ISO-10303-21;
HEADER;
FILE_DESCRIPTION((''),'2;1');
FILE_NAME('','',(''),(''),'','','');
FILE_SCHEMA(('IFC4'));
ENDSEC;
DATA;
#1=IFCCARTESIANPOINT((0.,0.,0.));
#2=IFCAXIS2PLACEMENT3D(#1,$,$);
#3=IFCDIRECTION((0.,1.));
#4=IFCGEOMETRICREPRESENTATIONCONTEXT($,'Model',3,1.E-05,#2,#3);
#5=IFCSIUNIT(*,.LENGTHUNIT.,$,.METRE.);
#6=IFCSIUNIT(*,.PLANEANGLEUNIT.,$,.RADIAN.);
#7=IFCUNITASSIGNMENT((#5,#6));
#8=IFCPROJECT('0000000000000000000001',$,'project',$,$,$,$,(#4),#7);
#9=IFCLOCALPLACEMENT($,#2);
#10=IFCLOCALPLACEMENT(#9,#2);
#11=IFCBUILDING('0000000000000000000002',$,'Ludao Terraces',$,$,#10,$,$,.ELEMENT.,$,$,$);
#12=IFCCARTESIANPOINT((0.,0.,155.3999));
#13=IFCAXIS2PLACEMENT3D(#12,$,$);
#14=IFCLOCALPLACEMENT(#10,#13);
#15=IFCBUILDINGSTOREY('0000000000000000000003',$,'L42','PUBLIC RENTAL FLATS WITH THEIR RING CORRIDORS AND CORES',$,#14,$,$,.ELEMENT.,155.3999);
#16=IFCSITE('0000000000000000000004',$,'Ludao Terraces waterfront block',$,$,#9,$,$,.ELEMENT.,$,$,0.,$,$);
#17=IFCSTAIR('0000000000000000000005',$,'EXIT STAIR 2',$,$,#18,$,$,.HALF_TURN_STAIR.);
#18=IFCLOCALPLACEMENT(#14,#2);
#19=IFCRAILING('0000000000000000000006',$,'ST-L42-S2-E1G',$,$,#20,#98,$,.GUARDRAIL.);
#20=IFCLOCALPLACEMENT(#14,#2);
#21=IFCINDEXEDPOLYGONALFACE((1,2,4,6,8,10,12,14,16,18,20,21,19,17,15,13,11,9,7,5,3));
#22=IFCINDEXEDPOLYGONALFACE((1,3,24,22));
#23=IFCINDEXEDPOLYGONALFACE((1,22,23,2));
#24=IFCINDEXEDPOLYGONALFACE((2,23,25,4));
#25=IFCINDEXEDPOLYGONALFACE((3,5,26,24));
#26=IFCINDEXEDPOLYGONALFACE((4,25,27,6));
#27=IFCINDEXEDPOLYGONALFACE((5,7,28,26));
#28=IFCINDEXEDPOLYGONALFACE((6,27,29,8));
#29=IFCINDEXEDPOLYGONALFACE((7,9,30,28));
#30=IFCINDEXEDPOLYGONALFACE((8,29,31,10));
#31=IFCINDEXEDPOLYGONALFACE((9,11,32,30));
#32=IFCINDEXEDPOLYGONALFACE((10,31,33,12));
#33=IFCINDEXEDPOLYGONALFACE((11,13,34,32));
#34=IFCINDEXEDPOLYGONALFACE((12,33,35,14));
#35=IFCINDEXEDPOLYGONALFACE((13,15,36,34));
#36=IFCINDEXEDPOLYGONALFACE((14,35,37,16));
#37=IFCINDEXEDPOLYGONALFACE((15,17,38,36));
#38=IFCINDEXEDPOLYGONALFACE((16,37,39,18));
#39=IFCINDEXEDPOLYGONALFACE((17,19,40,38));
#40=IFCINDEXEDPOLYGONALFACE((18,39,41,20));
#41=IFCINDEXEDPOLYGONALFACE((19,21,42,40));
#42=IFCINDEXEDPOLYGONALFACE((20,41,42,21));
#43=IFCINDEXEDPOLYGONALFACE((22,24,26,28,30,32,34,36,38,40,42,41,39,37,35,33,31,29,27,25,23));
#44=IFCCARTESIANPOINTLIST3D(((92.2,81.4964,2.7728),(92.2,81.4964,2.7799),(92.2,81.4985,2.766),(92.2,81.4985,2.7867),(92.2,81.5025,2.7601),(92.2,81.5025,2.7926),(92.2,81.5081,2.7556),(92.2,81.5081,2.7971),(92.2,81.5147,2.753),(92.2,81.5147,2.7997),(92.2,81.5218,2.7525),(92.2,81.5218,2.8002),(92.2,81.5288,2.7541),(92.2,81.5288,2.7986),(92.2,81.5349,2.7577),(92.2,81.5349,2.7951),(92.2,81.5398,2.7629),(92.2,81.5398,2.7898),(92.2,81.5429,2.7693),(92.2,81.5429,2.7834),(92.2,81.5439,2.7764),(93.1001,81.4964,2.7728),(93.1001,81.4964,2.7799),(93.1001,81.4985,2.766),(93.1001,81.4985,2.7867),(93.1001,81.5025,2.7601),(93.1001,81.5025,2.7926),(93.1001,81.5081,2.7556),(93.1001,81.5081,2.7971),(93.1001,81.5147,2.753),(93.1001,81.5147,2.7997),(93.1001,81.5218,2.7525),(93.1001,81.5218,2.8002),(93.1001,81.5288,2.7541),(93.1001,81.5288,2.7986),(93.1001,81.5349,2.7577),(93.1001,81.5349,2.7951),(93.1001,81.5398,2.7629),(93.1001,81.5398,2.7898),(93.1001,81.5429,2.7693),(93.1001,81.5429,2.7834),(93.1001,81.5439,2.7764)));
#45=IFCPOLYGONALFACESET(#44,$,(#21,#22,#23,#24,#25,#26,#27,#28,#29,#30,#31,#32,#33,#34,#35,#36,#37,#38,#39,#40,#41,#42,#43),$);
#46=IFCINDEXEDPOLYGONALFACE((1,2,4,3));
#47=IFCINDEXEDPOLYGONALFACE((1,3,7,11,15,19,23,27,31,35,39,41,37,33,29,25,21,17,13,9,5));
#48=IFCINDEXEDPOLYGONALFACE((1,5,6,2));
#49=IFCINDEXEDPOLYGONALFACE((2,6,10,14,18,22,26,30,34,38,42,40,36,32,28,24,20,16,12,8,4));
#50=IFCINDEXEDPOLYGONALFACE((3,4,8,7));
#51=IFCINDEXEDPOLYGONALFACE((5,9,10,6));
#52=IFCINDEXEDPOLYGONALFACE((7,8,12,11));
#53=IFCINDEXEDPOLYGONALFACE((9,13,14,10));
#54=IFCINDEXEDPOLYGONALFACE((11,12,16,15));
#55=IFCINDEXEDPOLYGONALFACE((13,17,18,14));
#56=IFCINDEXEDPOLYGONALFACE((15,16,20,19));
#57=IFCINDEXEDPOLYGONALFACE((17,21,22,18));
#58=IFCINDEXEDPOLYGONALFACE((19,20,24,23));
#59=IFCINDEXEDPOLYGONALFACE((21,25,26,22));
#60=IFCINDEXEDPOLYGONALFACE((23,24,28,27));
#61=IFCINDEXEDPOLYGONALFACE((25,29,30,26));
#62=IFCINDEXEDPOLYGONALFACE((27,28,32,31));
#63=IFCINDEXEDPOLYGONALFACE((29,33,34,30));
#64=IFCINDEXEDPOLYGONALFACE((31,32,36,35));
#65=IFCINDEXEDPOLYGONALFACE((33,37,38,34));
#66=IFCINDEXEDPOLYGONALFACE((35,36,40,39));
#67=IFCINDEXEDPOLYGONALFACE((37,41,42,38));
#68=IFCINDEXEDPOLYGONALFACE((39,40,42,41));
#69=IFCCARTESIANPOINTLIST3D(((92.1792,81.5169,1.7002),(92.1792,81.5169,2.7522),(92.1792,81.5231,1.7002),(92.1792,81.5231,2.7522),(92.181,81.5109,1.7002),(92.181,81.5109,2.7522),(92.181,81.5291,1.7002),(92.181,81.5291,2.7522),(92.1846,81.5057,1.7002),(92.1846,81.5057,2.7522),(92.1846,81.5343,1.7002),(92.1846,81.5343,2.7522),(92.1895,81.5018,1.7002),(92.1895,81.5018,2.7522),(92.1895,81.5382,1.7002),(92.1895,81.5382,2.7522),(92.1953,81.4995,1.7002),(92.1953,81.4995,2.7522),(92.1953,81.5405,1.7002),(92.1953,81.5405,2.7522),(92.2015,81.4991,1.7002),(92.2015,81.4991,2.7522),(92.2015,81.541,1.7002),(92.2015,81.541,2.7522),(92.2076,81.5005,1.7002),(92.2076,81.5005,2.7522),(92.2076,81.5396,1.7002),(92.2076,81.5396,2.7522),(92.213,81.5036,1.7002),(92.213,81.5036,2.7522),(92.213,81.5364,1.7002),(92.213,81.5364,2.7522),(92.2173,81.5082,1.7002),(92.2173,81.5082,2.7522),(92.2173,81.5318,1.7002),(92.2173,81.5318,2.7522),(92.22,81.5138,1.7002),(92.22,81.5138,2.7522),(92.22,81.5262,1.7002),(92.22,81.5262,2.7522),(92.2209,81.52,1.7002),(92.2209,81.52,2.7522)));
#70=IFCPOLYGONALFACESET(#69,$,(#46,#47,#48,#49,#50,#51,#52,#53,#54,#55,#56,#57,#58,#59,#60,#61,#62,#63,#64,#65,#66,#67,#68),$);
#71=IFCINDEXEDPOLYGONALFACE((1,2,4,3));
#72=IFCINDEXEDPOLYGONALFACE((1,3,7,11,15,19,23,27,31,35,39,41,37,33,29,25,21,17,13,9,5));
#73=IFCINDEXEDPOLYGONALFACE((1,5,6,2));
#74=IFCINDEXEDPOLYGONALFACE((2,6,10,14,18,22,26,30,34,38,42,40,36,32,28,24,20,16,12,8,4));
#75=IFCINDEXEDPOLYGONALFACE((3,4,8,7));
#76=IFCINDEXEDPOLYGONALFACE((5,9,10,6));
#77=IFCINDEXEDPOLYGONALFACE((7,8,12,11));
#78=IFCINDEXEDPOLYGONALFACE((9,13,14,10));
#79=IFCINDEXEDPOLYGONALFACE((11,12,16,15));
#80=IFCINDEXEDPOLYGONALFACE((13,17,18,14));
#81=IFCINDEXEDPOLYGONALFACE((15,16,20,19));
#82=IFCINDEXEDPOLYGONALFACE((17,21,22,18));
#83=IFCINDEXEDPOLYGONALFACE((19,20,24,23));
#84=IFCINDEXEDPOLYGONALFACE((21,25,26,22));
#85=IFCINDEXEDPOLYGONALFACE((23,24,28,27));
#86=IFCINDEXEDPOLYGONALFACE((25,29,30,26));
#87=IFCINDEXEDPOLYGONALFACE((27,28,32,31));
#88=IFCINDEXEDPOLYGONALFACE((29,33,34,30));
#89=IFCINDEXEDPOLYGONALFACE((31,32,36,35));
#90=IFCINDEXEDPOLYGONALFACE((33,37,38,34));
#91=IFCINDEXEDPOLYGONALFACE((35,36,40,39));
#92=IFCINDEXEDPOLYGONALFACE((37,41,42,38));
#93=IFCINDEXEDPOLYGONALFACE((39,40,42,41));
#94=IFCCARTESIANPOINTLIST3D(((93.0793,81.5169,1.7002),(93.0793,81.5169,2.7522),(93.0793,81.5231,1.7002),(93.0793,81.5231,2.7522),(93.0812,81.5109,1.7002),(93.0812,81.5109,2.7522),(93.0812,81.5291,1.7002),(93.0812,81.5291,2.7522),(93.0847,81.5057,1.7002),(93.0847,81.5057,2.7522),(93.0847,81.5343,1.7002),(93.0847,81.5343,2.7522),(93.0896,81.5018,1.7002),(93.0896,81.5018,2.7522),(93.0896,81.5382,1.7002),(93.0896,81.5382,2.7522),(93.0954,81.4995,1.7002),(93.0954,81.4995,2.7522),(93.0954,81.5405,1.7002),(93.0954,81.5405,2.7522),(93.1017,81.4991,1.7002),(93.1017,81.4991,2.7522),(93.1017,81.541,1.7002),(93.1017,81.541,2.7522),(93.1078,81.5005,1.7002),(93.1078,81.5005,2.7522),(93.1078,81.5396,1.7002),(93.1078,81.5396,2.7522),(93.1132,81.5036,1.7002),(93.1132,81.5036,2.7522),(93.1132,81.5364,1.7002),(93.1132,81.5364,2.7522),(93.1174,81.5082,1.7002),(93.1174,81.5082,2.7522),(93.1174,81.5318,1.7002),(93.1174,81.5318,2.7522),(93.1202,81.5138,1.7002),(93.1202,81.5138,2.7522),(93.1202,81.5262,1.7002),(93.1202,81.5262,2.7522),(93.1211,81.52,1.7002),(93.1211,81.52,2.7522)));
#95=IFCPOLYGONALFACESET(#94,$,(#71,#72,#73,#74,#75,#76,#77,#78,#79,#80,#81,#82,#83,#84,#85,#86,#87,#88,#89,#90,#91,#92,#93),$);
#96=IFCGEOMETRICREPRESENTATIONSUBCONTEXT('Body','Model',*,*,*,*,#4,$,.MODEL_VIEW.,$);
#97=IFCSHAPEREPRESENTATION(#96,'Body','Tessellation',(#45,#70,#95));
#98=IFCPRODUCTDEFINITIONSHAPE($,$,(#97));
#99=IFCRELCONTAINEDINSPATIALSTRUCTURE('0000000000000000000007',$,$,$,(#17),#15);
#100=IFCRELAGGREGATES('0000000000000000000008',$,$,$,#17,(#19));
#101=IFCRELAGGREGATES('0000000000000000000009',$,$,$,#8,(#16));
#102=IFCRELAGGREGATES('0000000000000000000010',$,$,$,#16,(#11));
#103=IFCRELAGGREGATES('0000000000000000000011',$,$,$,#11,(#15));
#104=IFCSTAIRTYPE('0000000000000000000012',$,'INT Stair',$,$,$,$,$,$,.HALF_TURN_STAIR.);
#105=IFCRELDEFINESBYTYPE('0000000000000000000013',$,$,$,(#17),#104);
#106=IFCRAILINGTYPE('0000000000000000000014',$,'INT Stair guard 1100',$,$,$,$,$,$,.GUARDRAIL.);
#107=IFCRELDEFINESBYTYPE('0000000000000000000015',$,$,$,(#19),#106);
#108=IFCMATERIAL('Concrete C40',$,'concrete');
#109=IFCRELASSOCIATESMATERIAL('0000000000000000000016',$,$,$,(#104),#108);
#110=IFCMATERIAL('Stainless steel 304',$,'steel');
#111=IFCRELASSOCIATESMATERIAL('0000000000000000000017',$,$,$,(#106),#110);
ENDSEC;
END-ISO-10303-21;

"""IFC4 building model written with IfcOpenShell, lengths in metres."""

from ifc_helpers import new_model, si_unit, direction, frame, origin, origin_2d, place, context, subcontext, project, spatial, circle, extrude, material, type_object, element, aggregate, save


model = new_model("IFC4")

# Units and contexts
model_context = context("Model", 3, precision=1e-05, world=origin(), true_north=direction((0.0, 1.0)))
body_context = subcontext(model_context, "Body", "Model", "MODEL_VIEW")
ifc_project = project(units=[si_unit("LENGTHUNIT", "METRE"), si_unit("PLANEANGLEUNIT", "RADIAN")], contexts=[model_context])

# Site, building, storey
site_placement = place(None, origin())
site = spatial("IfcSite", under=ifc_project, at=site_placement, Name="Ludao Terraces waterfront block", CompositionType="ELEMENT", RefElevation=0.0)
building_placement = place(site_placement, origin())
building = spatial("IfcBuilding", under=site, at=building_placement, Name="Ludao Terraces", CompositionType="ELEMENT")
storey_placement = place(building_placement, frame((0.0, 0.0, 155.3999)))
storey = spatial("IfcBuildingStorey", under=building, at=storey_placement, Name="L42", Description="PUBLIC RENTAL FLATS WITH THEIR RING CORRIDORS AND CORES", CompositionType="ELEMENT", Elevation=155.3999)

# Shared definitions
ifc_material_1 = material(Name="Stainless steel 304", Category="steel")

# Stair, railing
ifc_material_2 = material(Name="Concrete C40", Category="concrete")
stair_type = type_object("IfcStairType", Name="INT Stair", PredefinedType="HALF_TURN_STAIR", material=ifc_material_2)
stair_placement = place(storey_placement, origin())
stair = element("IfcStair", 1, at=stair_placement, inside=storey, type_object=stair_type, Name="EXIT STAIR 2", PredefinedType="HALF_TURN_STAIR")
railing_type_1 = type_object("IfcRailingType", Name="INT Stair guard 1100", PredefinedType="GUARDRAIL", material=ifc_material_1)
railing_1_placement = place(storey_placement, frame((92.2, 81.52, 1.7002)))
railing_1 = element("IfcRailing", 2, at=railing_1_placement, type_object=railing_type_1, Name="ST-L42-S2-E1G", PredefinedType="GUARDRAIL", context=body_context, shape_type="SweptSolid", body=[
    extrude(circle(Radius=0.0239, at=origin_2d()), frame((0.0, 0.0, 1.0762), z_axis=(1.0, 0.0, 0.0), x_axis=(0.0, 1.0, 0.0)), (0.0, 0.0, 1.0), 0.9001),
    extrude(circle(Radius=0.021, at=origin_2d()), origin(), (0.0, 0.0, 1.0), 1.052),
    extrude(circle(Radius=0.021, at=origin_2d()), frame((0.9001, 0.0, 0.0)), (0.0, 0.0, 1.0), 1.052),
])
aggregate(stair, [railing_1])

save(model, "model.ifc")
